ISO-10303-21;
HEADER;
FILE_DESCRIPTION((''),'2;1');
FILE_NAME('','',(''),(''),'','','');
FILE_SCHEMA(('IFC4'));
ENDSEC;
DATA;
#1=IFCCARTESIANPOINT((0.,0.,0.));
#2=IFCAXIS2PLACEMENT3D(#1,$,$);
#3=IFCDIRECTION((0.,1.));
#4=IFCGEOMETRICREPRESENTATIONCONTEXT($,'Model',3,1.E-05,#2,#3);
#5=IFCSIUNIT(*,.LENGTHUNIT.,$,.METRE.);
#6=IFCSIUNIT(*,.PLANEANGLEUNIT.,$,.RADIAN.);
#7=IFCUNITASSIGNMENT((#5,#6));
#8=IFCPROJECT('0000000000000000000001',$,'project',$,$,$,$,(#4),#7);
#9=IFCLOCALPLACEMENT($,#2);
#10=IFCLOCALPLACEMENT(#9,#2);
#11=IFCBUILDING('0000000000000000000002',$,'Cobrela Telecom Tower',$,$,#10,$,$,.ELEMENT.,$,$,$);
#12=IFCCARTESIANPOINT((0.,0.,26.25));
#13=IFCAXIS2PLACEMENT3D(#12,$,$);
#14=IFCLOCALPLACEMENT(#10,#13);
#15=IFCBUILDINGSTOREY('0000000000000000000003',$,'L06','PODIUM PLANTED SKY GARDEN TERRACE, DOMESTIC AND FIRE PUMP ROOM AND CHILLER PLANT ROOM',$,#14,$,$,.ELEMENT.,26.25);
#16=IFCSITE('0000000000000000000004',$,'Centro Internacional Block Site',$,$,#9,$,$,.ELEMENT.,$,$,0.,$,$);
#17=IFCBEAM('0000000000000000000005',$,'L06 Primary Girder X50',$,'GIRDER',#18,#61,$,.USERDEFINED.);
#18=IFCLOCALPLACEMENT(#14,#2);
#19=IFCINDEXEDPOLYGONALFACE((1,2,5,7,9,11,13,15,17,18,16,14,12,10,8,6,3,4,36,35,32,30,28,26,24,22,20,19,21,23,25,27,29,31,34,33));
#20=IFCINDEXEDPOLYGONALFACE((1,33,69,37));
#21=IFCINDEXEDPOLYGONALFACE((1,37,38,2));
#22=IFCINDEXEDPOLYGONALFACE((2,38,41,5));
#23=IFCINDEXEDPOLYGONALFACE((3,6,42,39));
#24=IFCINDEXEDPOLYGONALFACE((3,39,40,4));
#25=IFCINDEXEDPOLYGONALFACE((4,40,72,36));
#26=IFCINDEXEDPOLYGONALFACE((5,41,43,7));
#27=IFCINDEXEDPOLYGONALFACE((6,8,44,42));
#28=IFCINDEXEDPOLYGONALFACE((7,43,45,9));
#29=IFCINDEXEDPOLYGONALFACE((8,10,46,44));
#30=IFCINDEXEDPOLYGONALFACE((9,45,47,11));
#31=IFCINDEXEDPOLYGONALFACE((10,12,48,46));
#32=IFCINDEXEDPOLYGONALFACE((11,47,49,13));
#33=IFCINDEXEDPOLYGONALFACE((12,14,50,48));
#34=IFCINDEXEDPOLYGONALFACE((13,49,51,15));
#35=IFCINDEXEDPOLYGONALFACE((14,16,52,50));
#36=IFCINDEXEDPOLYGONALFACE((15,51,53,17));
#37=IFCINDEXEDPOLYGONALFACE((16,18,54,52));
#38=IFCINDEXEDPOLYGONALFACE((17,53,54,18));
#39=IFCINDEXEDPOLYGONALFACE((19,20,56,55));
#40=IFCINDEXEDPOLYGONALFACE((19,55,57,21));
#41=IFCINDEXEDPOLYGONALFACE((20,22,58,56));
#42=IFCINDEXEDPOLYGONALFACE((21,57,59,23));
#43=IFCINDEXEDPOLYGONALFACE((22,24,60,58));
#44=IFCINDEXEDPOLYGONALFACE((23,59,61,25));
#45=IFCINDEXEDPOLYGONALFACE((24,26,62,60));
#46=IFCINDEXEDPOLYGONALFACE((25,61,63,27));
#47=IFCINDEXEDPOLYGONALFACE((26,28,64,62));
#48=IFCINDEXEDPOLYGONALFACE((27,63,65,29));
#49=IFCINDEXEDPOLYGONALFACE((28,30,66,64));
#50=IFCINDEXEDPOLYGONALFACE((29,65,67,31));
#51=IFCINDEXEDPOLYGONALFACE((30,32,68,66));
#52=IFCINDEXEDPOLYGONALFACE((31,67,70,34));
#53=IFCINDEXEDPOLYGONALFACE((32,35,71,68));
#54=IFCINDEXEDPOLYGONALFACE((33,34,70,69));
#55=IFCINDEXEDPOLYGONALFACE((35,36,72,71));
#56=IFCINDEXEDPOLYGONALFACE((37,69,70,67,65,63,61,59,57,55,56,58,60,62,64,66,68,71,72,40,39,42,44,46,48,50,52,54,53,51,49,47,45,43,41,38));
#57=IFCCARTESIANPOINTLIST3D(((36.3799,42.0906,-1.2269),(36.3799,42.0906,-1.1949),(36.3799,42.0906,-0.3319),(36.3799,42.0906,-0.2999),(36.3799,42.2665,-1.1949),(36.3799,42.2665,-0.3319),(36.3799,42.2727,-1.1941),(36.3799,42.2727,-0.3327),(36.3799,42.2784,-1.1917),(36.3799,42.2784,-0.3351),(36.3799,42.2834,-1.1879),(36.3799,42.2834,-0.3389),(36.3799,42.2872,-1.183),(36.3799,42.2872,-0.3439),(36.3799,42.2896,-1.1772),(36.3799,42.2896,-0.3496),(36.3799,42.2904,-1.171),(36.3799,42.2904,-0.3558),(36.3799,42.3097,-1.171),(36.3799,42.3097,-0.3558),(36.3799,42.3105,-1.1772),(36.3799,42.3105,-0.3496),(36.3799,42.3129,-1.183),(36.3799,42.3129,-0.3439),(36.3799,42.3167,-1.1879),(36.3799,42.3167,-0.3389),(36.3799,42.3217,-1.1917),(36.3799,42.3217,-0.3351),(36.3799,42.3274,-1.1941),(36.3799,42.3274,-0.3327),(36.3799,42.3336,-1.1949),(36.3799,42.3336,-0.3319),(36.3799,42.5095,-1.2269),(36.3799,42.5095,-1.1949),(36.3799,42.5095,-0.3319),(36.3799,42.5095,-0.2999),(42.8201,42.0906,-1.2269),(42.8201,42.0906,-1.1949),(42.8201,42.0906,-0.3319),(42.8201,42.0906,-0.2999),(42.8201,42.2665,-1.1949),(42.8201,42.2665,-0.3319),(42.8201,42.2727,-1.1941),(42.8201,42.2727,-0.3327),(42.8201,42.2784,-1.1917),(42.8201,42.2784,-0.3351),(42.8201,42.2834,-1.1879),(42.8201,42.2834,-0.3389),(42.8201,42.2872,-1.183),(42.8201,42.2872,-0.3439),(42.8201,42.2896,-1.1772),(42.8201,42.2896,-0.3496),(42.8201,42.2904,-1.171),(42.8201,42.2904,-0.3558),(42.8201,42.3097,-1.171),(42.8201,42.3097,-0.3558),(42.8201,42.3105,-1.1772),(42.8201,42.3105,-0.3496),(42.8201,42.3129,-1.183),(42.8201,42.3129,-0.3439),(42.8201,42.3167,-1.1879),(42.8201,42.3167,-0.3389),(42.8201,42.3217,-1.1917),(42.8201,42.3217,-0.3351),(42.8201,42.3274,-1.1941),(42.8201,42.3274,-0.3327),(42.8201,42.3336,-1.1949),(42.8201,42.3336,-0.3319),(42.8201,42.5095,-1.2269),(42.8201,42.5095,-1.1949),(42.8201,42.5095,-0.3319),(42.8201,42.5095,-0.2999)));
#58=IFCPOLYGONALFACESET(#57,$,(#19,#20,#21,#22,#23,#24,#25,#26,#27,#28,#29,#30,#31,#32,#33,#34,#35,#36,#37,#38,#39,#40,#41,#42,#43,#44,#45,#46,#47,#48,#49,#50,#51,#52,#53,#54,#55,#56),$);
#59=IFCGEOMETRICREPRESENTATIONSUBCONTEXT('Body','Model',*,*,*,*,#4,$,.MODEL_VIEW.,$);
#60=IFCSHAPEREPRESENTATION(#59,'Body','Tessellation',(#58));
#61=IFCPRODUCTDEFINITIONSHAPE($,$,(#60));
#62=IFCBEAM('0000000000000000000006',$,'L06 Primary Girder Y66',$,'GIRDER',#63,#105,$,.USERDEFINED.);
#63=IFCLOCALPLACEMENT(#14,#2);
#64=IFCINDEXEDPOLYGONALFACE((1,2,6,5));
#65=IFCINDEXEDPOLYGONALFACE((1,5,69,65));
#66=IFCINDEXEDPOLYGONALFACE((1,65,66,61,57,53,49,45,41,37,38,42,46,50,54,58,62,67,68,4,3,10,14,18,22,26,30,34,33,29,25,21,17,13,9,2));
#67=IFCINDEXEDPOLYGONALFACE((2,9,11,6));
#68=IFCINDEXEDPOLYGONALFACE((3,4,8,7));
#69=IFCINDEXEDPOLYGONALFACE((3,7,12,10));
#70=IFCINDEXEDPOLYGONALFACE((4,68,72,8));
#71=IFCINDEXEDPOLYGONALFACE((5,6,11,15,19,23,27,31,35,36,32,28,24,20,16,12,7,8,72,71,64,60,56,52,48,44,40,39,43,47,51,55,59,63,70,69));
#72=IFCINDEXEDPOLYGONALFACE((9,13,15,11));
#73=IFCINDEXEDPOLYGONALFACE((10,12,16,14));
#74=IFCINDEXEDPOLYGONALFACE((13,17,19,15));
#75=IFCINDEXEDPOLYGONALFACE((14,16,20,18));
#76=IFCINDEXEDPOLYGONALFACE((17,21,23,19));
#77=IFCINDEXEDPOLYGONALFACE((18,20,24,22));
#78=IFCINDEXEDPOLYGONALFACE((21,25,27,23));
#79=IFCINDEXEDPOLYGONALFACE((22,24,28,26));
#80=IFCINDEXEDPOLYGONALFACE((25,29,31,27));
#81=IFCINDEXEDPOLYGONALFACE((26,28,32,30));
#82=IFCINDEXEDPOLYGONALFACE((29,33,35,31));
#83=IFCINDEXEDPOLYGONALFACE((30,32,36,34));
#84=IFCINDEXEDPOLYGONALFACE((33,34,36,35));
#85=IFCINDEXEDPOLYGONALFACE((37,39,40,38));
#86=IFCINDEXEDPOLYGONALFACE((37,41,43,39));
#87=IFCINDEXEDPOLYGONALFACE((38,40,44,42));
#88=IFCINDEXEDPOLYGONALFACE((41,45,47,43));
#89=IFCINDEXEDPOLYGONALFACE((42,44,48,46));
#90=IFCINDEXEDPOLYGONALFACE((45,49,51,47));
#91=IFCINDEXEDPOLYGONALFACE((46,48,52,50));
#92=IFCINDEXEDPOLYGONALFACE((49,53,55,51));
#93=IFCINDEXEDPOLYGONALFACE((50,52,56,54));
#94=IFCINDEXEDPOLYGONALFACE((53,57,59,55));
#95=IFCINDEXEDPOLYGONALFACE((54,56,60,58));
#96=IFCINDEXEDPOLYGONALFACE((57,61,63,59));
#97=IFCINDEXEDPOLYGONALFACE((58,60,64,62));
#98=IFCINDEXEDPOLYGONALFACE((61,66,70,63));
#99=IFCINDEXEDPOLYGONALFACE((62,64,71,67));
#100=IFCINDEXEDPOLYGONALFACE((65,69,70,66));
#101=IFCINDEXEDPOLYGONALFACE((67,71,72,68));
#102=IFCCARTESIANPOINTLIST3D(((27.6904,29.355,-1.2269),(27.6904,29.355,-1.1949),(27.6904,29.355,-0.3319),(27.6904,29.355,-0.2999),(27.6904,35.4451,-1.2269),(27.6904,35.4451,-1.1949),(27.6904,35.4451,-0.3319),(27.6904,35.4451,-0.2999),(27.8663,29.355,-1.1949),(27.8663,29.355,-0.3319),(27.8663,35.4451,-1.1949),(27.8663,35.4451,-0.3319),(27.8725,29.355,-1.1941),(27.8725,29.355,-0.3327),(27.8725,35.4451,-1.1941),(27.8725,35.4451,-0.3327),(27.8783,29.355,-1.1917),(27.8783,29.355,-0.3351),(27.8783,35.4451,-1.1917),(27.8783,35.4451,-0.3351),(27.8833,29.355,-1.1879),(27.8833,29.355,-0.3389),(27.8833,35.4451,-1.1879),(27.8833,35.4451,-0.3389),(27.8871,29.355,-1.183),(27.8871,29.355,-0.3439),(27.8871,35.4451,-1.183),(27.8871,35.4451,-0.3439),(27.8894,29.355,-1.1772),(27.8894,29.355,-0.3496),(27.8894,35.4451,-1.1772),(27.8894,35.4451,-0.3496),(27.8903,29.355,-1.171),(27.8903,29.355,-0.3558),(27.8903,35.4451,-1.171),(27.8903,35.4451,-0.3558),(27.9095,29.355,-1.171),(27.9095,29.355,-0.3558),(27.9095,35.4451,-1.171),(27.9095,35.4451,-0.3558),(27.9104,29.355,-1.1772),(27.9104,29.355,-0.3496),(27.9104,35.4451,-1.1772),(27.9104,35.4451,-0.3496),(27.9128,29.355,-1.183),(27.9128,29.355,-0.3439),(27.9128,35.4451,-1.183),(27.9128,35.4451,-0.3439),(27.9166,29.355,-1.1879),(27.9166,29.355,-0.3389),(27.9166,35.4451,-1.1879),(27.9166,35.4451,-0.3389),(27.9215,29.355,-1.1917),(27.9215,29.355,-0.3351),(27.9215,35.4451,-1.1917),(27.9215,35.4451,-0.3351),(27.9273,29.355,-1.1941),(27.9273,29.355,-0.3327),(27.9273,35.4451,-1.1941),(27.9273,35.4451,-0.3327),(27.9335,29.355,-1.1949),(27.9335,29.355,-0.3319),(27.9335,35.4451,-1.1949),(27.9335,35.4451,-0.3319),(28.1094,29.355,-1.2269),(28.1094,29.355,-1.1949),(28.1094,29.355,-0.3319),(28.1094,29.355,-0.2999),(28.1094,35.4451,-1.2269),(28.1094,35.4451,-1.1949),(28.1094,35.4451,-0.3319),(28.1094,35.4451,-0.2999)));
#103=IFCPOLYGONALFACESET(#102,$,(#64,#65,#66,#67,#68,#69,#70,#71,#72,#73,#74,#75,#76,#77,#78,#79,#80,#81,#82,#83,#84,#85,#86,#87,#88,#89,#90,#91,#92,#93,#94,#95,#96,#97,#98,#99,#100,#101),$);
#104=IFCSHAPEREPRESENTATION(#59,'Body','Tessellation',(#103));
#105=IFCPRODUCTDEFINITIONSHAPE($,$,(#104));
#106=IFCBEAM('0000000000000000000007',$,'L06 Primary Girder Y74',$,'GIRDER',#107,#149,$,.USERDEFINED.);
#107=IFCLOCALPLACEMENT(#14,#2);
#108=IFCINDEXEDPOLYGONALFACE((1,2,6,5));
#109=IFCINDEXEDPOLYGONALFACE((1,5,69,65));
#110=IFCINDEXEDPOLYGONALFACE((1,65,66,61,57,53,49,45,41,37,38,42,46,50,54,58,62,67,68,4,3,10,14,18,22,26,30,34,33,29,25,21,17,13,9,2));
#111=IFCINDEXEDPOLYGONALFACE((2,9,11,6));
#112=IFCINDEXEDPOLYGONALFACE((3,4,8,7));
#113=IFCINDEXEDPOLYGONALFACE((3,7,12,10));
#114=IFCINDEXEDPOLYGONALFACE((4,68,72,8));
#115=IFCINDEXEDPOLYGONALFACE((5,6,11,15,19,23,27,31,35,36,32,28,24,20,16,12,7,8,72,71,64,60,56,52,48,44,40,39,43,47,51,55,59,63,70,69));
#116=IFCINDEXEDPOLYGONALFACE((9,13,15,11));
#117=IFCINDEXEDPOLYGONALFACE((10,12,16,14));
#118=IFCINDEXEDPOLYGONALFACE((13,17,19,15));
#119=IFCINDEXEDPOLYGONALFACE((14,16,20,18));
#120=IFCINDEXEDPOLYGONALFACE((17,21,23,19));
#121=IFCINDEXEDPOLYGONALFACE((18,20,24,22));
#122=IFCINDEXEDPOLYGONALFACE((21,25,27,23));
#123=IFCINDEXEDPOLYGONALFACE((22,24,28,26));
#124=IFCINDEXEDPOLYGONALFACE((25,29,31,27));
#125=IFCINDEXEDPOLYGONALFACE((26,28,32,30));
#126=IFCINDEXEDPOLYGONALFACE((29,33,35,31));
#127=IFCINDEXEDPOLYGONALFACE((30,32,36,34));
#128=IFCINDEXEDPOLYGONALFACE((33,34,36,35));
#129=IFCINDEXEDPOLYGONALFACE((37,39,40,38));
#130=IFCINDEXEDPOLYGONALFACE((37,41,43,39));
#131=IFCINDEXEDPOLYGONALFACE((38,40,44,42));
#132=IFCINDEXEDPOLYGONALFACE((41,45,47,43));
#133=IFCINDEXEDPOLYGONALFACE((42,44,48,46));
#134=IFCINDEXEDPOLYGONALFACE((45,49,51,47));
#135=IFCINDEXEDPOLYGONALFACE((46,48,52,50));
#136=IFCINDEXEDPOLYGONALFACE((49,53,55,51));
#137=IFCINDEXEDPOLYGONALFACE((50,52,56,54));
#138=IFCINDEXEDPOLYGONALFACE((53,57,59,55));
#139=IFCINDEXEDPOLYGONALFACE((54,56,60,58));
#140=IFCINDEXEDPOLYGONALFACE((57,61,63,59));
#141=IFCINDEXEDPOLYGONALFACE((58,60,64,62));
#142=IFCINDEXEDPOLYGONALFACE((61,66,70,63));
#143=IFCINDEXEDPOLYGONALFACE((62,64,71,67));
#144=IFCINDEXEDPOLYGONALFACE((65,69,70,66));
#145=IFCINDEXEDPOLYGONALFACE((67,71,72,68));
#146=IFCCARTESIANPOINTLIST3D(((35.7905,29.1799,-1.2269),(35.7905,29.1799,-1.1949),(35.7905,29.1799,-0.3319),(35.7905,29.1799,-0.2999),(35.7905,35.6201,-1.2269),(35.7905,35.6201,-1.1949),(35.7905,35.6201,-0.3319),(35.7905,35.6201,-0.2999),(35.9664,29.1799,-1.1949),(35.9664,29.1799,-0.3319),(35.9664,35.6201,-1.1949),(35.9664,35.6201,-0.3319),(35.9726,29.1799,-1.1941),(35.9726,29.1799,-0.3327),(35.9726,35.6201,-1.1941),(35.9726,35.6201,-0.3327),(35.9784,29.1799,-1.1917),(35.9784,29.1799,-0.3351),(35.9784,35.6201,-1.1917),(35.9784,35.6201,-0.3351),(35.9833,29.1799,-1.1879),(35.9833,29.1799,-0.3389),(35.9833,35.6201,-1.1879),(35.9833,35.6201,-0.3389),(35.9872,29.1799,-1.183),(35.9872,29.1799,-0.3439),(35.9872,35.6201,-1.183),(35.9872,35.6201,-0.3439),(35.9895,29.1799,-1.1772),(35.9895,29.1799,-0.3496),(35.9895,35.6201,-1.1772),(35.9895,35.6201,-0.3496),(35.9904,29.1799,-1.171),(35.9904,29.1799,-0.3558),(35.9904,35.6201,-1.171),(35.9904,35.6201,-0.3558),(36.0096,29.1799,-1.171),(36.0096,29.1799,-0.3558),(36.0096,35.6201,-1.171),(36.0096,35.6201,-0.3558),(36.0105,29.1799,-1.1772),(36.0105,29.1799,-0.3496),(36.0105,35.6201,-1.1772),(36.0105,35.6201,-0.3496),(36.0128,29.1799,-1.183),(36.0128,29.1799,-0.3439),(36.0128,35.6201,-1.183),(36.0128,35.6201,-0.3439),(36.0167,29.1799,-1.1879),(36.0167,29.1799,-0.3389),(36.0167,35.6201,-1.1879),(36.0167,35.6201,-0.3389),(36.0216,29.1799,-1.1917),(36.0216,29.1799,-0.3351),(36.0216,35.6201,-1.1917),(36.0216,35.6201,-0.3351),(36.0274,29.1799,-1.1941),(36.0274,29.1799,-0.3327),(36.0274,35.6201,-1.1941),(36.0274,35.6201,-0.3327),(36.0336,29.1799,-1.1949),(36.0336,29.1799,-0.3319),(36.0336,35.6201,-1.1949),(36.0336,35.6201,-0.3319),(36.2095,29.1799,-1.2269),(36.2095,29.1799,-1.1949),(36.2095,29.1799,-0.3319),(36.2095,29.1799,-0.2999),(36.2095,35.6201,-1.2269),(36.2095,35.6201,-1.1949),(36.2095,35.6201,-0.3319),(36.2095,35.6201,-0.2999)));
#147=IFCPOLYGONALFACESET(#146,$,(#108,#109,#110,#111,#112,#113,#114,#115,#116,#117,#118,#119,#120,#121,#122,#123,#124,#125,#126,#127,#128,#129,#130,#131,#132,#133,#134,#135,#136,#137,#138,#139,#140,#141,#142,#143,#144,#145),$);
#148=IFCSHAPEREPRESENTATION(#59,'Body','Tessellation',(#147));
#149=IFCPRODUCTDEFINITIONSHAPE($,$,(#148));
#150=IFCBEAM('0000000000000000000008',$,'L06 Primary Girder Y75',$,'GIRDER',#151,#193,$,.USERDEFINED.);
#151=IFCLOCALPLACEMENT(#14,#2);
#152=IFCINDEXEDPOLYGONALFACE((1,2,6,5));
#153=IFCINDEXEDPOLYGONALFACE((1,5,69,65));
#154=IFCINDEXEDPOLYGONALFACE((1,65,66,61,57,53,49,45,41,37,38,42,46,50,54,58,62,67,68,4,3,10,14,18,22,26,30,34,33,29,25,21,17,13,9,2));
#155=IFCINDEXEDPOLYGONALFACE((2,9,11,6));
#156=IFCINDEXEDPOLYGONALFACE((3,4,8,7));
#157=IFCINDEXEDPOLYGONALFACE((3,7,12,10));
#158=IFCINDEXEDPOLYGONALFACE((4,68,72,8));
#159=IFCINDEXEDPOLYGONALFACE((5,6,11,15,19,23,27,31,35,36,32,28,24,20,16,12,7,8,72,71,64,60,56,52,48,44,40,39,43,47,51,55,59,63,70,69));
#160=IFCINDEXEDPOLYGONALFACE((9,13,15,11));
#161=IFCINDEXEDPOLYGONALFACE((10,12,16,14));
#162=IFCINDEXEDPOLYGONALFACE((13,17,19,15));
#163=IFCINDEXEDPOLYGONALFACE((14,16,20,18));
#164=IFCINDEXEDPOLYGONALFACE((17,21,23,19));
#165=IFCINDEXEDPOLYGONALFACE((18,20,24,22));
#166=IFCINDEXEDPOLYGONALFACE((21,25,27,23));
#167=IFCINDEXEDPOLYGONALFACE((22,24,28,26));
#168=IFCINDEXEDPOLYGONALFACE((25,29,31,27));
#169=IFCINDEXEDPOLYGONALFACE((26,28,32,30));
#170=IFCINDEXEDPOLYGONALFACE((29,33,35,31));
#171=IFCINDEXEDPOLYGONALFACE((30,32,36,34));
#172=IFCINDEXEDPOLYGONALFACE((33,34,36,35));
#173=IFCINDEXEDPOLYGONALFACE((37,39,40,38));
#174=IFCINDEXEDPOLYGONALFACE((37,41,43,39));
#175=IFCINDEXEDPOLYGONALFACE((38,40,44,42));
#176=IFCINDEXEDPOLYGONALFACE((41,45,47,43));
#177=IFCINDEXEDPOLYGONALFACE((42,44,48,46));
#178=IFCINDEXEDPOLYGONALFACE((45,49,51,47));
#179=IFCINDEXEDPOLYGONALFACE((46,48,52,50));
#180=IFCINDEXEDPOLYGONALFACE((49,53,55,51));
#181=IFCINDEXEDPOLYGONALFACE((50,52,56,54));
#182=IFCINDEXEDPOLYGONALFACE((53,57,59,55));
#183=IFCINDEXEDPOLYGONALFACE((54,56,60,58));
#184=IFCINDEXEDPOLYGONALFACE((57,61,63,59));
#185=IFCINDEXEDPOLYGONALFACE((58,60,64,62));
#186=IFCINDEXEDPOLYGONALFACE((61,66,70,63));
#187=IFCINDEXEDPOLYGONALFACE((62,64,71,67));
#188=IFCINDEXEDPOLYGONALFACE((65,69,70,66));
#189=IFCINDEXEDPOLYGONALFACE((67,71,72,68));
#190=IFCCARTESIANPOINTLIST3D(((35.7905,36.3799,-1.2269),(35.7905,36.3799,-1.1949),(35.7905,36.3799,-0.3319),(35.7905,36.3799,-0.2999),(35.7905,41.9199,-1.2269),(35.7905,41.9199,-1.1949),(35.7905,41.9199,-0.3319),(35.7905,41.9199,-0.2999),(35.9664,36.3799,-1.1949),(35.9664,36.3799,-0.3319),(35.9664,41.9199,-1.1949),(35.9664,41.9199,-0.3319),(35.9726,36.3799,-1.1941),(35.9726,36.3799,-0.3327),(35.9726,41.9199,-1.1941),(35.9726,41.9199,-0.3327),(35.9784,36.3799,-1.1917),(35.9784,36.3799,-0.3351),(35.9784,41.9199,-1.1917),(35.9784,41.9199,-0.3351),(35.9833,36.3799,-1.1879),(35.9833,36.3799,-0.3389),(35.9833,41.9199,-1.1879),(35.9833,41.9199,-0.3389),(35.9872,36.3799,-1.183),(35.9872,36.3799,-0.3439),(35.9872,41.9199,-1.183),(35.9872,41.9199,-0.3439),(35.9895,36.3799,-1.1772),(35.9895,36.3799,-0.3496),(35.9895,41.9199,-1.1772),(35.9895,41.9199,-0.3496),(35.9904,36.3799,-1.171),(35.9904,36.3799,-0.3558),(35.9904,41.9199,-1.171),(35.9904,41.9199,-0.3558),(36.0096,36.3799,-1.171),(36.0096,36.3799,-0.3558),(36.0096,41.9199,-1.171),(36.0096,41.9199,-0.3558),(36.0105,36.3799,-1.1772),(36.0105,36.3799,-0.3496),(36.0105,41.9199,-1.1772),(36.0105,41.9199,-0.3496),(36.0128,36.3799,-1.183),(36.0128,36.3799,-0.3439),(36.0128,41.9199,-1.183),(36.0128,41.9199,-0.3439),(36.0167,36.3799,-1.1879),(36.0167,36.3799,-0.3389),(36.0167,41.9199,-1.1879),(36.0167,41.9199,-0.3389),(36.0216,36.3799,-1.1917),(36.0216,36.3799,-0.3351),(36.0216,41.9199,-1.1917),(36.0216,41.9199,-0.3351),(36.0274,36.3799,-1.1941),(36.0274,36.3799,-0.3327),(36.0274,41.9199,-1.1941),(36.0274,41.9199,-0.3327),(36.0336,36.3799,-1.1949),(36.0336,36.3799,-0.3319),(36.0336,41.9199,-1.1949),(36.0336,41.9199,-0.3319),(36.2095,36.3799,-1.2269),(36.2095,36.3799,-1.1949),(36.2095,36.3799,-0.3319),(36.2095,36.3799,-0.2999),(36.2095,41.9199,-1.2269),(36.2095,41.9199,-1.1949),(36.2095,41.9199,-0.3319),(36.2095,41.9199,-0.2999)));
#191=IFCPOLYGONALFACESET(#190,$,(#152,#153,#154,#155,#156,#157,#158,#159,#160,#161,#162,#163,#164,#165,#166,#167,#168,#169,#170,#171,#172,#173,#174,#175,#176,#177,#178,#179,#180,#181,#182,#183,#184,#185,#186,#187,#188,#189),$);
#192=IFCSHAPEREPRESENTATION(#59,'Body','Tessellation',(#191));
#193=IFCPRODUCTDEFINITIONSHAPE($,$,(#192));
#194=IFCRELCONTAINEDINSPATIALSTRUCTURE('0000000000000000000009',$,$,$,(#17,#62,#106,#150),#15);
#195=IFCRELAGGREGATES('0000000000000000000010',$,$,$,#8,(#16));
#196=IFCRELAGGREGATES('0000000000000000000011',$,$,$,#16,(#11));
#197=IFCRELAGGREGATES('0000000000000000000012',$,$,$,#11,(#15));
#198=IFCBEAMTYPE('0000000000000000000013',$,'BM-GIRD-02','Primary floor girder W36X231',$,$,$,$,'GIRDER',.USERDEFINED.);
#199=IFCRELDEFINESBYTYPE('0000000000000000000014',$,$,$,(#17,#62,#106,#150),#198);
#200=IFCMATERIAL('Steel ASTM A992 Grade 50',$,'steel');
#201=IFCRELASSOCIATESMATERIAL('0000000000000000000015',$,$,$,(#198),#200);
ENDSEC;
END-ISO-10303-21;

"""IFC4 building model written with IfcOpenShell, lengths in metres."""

from ifc_helpers import new_model, si_unit, direction, frame, origin, origin_2d, place, context, subcontext, project, spatial, i_section, extrude, material, material_profile, profile_set, type_object, element, save


model = new_model("IFC4")

# Units and contexts
model_context = context("Model", 3, precision=1e-05, world=origin(), true_north=direction((0.0, 1.0)))
body_context = subcontext(model_context, "Body", "Model", "MODEL_VIEW")
ifc_project = project(units=[si_unit("LENGTHUNIT", "METRE"), si_unit("PLANEANGLEUNIT", "RADIAN")], contexts=[model_context])

# Site, building, storey
site_placement = place(None, origin())
site = spatial("IfcSite", under=ifc_project, at=site_placement, Name="Centro Internacional Block Site", CompositionType="ELEMENT", RefElevation=0.0)
building_placement = place(site_placement, origin())
building = spatial("IfcBuilding", under=site, at=building_placement, Name="Cobrela Telecom Tower", CompositionType="ELEMENT")
storey_placement = place(building_placement, frame((0.0, 0.0, 26.25)))
storey = spatial("IfcBuildingStorey", under=building, at=storey_placement, Name="L06", Description="PODIUM PLANTED SKY GARDEN TERRACE, DOMESTIC AND FIRE PUMP ROOM AND CHILLER PLANT ROOM", CompositionType="ELEMENT", Elevation=26.25)

# Beams
ifc_material_1 = material(Name="Steel ASTM A992 Grade 50", Category="steel")
ifc_material_profile_1 = material_profile(ifc_material_1, i_section(OverallWidth=0.4189, OverallDepth=0.927, WebThickness=0.0193, FlangeThickness=0.032, FilletRadius=0.0239, at=origin_2d()), Name="W36X231")
ifc_profile_set_1 = profile_set([ifc_material_profile_1], Name="Steel ASTM A992 Grade 50")
beam_type_1 = type_object("IfcBeamType", Name="BM-GIRD-02", Description="Primary floor girder W36X231", ElementType="GIRDER", PredefinedType="USERDEFINED", material=ifc_profile_set_1)
beam_1_placement = place(storey_placement, frame((36.3799, 42.3, -0.7634), z_axis=(1.0, 0.0, 0.0), x_axis=(0.0, 1.0, 0.0)))
element("IfcBeam", 1, at=beam_1_placement, inside=storey, type_object=beam_type_1, Name="L06 Primary Girder X50", ObjectType="GIRDER", PredefinedType="USERDEFINED", context=body_context, shape_type="SweptSolid", body=[
    extrude(i_section(OverallWidth=0.4189, OverallDepth=0.927, WebThickness=0.0193, FlangeThickness=0.032, FilletRadius=0.0239, at=origin_2d()), origin(), (0.0, 0.0, 1.0), 6.4402),
])
beam_2_placement = place(storey_placement, frame((27.8999, 29.355, -0.7634), z_axis=(0.0, 1.0, 0.0), x_axis=(-1.0, 0.0, 0.0)))
element("IfcBeam", 2, at=beam_2_placement, inside=storey, type_object=beam_type_1, Name="L06 Primary Girder Y66", ObjectType="GIRDER", PredefinedType="USERDEFINED", context=body_context, shape_type="SweptSolid", body=[
    extrude(i_section(OverallWidth=0.4189, OverallDepth=0.927, WebThickness=0.0193, FlangeThickness=0.032, FilletRadius=0.0239, at=origin_2d()), origin(), (0.0, 0.0, 1.0), 6.0901),
])
beam_3_placement = place(storey_placement, frame((36.0, 29.1799, -0.7634), z_axis=(0.0, 1.0, 0.0), x_axis=(-1.0, 0.0, 0.0)))
element("IfcBeam", 3, at=beam_3_placement, inside=storey, type_object=beam_type_1, Name="L06 Primary Girder Y74", ObjectType="GIRDER", PredefinedType="USERDEFINED", context=body_context, shape_type="SweptSolid", body=[
    extrude(i_section(OverallWidth=0.4189, OverallDepth=0.927, WebThickness=0.0193, FlangeThickness=0.032, FilletRadius=0.0239, at=origin_2d()), origin(), (0.0, 0.0, 1.0), 6.4402),
])
beam_4_placement = place(storey_placement, frame((36.0, 36.3799, -0.7634), z_axis=(0.0, 1.0, 0.0), x_axis=(-1.0, 0.0, 0.0)))
element("IfcBeam", 4, at=beam_4_placement, inside=storey, type_object=beam_type_1, Name="L06 Primary Girder Y75", ObjectType="GIRDER", PredefinedType="USERDEFINED", context=body_context, shape_type="SweptSolid", body=[
    extrude(i_section(OverallWidth=0.4189, OverallDepth=0.927, WebThickness=0.0193, FlangeThickness=0.032, FilletRadius=0.0239, at=origin_2d()), origin(), (0.0, 0.0, 1.0), 5.54),
])

save(model, "model.ifc")
